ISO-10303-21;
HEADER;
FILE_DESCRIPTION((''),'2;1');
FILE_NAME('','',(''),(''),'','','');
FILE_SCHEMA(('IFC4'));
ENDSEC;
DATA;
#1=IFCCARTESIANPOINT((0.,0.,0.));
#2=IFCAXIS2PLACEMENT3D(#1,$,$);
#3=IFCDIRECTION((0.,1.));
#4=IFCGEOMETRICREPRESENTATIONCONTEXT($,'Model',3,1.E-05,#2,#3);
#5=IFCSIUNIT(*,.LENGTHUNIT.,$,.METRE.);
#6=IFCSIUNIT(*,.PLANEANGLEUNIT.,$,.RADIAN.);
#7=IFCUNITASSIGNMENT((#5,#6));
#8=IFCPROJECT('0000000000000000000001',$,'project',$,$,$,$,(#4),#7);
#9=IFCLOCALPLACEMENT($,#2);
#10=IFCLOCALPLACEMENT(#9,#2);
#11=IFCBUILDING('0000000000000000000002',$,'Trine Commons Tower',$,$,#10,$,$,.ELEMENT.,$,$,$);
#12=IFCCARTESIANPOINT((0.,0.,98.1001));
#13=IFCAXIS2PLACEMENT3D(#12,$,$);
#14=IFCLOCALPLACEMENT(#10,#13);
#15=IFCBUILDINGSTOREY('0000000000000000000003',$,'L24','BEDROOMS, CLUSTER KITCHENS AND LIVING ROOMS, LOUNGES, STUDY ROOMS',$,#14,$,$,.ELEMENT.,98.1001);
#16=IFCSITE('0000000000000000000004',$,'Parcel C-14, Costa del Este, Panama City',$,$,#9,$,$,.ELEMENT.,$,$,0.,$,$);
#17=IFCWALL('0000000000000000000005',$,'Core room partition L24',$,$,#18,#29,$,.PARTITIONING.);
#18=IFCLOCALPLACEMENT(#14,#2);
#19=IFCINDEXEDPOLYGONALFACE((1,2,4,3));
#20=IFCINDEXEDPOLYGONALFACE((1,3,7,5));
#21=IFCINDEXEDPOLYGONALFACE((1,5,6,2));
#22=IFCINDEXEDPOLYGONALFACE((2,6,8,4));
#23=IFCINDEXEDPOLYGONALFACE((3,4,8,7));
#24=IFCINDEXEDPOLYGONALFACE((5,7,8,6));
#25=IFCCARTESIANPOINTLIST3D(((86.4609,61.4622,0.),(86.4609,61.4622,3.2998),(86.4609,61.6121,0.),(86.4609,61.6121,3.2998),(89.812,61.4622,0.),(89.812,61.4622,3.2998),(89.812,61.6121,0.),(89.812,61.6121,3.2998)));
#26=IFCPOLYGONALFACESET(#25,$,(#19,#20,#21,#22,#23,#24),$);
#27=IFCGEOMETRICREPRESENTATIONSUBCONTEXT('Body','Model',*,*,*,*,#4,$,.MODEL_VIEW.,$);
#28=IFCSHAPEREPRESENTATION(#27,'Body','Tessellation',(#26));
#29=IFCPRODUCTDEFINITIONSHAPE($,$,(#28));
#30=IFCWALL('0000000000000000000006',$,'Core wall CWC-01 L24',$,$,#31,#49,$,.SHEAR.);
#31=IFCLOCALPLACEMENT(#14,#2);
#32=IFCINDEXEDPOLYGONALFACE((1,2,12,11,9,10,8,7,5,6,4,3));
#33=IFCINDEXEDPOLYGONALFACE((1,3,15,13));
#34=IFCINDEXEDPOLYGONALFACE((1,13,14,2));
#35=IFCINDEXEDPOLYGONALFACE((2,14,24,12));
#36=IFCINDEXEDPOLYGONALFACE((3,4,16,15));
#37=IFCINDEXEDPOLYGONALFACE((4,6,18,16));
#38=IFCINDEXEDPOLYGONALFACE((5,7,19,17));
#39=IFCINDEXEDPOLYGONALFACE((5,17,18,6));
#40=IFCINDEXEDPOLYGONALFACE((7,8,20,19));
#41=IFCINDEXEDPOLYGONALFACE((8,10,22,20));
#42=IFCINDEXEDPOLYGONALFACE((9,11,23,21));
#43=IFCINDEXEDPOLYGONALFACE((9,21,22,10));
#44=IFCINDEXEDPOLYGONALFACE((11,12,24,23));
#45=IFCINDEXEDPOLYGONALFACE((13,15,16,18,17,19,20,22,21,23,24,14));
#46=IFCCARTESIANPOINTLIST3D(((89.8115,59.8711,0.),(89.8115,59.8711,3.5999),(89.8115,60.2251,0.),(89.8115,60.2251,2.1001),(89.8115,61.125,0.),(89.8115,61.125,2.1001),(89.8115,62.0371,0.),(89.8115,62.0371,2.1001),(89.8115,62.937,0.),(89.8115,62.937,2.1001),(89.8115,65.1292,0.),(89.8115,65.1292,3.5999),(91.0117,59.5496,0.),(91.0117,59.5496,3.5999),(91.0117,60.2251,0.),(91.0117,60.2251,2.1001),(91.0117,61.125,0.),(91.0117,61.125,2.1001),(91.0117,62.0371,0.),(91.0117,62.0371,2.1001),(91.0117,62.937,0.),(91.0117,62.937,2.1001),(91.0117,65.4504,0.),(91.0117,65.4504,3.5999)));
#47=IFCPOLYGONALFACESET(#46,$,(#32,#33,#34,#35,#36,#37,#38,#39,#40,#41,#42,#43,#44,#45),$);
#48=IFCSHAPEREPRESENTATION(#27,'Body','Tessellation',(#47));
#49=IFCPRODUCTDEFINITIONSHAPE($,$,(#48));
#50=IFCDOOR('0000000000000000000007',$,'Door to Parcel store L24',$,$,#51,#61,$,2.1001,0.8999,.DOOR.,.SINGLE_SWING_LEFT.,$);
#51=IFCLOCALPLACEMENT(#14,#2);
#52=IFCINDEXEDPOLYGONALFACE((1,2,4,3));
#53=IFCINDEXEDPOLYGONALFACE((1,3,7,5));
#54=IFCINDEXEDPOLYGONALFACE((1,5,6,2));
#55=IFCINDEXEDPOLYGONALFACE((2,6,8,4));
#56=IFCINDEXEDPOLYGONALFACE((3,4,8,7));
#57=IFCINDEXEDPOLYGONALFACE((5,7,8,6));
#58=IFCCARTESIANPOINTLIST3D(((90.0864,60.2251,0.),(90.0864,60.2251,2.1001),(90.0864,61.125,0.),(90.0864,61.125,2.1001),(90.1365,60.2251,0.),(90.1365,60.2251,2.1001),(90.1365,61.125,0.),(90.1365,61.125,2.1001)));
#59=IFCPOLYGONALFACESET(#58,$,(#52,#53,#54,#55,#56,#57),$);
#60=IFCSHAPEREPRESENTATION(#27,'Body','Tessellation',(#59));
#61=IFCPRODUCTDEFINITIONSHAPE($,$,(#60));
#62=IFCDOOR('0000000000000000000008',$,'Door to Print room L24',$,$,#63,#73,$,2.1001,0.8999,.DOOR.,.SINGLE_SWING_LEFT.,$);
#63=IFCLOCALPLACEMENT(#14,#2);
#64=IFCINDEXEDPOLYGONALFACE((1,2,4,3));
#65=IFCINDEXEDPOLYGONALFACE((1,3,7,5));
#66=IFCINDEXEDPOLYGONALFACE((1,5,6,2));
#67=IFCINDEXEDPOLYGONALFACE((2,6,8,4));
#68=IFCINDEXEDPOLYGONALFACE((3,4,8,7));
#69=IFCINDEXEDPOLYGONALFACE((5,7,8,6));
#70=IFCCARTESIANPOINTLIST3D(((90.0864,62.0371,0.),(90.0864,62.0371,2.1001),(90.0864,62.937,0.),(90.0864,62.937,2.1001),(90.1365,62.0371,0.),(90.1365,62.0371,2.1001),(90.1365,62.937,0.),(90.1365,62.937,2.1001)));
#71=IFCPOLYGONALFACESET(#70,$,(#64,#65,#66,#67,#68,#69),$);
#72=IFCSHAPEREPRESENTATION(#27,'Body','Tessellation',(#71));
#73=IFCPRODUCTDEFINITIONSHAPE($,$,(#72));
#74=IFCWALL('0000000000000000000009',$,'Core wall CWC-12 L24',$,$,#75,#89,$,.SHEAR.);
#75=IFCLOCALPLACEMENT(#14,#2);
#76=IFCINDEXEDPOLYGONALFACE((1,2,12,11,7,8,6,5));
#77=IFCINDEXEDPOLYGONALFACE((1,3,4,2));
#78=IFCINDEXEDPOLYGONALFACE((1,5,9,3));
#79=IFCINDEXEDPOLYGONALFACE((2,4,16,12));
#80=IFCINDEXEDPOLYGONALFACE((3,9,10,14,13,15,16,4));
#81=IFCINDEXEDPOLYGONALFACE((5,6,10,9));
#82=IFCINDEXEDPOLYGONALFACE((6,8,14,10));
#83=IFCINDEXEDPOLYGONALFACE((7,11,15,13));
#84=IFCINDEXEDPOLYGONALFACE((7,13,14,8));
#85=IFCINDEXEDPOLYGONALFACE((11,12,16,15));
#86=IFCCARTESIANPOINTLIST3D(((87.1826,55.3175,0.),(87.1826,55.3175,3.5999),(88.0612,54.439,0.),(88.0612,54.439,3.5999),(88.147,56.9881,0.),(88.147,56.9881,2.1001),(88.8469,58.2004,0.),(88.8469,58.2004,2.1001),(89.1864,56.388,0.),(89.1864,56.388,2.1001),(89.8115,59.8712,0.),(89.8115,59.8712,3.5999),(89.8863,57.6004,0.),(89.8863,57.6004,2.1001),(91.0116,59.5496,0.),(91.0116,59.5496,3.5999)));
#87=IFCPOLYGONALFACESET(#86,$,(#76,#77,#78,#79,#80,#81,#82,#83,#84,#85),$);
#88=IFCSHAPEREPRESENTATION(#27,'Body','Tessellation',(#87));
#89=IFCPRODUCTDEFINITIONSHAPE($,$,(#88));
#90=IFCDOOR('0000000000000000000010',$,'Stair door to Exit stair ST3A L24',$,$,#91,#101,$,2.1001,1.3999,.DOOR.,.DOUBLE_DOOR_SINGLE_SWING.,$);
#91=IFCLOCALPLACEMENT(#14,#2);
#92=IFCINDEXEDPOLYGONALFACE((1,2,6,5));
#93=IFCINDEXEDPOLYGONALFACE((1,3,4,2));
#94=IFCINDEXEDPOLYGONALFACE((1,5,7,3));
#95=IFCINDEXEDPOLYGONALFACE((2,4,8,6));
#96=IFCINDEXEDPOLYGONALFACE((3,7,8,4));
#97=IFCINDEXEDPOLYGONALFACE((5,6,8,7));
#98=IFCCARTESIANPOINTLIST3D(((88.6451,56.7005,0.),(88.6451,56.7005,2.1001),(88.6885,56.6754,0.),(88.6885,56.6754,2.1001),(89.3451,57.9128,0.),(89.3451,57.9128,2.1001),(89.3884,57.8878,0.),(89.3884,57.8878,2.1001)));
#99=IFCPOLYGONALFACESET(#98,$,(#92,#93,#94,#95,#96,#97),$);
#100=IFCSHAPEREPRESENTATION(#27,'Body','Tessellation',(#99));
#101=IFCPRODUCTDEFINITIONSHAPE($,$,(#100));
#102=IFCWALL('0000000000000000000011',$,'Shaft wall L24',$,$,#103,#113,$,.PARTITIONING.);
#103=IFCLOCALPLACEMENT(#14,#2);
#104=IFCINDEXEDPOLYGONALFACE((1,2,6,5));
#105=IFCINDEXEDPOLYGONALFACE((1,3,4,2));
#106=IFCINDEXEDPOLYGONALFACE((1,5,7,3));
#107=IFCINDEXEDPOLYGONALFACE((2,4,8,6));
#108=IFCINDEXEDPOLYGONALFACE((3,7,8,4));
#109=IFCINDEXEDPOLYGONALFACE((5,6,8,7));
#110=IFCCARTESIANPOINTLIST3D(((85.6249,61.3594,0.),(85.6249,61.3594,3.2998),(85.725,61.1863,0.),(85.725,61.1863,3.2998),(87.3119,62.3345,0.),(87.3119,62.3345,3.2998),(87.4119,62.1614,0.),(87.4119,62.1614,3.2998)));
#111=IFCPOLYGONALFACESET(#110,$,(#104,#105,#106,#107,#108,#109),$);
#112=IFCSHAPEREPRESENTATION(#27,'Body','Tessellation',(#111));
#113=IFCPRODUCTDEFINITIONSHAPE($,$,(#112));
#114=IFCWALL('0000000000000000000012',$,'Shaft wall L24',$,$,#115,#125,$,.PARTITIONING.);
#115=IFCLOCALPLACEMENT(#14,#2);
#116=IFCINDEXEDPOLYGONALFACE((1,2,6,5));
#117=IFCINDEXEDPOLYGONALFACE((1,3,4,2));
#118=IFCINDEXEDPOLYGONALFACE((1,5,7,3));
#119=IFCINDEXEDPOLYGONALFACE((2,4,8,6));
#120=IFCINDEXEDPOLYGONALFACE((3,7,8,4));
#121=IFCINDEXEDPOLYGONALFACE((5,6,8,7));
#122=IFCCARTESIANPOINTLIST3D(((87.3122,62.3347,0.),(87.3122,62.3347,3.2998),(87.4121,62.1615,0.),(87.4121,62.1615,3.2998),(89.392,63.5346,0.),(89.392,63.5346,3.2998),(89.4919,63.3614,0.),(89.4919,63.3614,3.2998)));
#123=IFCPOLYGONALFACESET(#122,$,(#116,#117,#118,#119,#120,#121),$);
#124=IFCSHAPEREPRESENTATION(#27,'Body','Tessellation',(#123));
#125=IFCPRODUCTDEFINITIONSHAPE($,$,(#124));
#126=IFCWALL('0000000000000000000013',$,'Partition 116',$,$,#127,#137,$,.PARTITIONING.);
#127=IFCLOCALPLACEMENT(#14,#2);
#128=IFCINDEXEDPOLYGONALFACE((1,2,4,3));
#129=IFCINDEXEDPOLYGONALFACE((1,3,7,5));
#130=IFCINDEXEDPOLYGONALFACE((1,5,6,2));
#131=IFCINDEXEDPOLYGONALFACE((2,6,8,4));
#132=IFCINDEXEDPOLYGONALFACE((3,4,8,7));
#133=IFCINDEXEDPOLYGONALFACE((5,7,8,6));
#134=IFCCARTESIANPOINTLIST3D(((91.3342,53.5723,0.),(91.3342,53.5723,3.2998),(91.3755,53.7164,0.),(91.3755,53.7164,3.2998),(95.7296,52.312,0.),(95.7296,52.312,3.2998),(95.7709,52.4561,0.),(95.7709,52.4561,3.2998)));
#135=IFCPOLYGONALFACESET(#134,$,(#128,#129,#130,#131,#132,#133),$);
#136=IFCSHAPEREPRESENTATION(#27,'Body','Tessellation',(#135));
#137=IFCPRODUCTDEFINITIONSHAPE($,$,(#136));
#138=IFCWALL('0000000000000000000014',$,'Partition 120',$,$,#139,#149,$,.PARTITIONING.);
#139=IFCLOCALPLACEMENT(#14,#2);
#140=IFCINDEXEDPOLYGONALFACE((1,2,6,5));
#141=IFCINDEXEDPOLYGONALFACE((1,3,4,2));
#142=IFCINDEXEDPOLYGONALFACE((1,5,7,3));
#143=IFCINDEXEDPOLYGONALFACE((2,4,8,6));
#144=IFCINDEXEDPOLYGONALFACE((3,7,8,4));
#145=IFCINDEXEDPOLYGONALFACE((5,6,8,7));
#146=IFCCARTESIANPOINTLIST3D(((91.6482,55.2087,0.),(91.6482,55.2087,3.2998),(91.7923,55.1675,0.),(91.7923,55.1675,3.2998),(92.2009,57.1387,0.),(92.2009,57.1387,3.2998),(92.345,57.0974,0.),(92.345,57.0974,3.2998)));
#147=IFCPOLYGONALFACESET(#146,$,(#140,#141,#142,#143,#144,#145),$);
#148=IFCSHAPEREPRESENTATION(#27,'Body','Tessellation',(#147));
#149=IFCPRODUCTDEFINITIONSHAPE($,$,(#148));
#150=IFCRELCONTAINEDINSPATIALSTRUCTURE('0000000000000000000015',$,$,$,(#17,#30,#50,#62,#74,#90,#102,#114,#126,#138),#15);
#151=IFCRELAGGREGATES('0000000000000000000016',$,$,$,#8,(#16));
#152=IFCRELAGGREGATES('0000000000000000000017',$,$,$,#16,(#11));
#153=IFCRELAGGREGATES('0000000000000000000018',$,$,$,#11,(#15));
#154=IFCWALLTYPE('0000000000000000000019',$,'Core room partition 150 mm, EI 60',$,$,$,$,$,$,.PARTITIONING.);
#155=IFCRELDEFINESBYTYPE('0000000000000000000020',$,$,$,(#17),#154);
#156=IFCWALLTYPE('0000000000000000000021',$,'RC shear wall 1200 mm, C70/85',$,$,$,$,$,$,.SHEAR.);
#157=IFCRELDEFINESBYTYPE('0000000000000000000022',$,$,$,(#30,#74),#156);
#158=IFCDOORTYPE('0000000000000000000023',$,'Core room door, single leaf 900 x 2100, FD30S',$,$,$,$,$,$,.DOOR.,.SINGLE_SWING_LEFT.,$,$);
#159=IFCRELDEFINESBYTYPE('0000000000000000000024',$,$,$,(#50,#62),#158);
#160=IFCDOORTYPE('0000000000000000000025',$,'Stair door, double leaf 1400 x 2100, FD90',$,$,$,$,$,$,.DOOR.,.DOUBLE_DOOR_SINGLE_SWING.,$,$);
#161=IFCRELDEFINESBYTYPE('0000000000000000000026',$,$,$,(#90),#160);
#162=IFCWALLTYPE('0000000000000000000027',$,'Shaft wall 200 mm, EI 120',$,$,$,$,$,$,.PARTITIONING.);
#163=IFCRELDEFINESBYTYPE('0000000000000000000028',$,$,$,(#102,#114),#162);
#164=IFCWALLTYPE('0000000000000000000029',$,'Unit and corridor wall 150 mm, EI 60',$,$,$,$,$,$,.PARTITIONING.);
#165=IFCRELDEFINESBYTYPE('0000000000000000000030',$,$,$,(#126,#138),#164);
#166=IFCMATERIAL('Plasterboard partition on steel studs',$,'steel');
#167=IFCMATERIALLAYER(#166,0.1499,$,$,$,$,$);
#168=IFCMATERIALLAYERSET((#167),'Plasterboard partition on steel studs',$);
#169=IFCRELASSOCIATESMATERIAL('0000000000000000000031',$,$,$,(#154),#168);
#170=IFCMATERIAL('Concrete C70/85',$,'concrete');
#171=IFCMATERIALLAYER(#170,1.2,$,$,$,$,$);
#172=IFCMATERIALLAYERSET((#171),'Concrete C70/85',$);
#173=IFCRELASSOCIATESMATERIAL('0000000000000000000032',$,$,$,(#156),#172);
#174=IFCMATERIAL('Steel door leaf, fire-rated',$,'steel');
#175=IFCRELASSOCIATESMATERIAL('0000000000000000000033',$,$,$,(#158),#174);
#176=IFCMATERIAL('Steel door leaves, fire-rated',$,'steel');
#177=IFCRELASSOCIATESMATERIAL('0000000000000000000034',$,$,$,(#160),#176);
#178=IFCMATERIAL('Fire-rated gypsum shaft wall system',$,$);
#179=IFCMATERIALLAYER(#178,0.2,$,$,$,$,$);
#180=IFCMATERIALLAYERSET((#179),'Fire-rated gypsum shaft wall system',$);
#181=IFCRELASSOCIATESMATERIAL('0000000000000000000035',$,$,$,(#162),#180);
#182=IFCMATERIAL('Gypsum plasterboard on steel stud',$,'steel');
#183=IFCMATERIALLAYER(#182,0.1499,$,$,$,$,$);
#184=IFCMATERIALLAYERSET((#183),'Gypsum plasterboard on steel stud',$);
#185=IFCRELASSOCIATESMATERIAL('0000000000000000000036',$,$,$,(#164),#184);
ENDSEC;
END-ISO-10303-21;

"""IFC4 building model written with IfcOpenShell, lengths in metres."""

from ifc_helpers import new_model, si_unit, direction, frame, frame_2d, origin, place, context, subcontext, project, spatial, polyline, rectangle, outline, extrude, material, layer, layer_set, type_object, element, fill, save


model = new_model("IFC4")

# Units and contexts
model_context = context("Model", 3, precision=1e-05, world=origin(), true_north=direction((0.0, 1.0)))
body_context = subcontext(model_context, "Body", "Model", "MODEL_VIEW")
ifc_project = project(units=[si_unit("LENGTHUNIT", "METRE"), si_unit("PLANEANGLEUNIT", "RADIAN")], contexts=[model_context])

# Site, building, storey
site_placement = place(None, origin())
site = spatial("IfcSite", under=ifc_project, at=site_placement, Name="Parcel C-14, Costa del Este, Panama City", CompositionType="ELEMENT", RefElevation=0.0)
building_placement = place(site_placement, origin())
building = spatial("IfcBuilding", under=site, at=building_placement, Name="Trine Commons Tower", CompositionType="ELEMENT")
storey_placement = place(building_placement, frame((0.0, 0.0, 98.1001)))
storey = spatial("IfcBuildingStorey", under=building, at=storey_placement, Name="L24", Description="BEDROOMS, CLUSTER KITCHENS AND LIVING ROOMS, LOUNGES, STUDY ROOMS", CompositionType="ELEMENT", Elevation=98.1001)

# Wall
ifc_material_1 = material(Name="Plasterboard partition on steel studs", Category="steel")
ifc_layer_1 = layer(ifc_material_1, 0.1499)
ifc_layer_set_1 = layer_set([ifc_layer_1], Name="Plasterboard partition on steel studs")
wall_type_1 = type_object("IfcWallType", Name="Core room partition 150 mm, EI 60", PredefinedType="PARTITIONING", material=ifc_layer_set_1)
wall_1_placement = place(storey_placement, frame((89.812, 61.5371, 0.0), z_axis=(0.0, 0.0, 1.0), x_axis=(-1.0, 0.0, 0.0)))
element("IfcWall", 1, at=wall_1_placement, inside=storey, type_object=wall_type_1, Name="Core room partition L24", PredefinedType="PARTITIONING", context=body_context, shape_type="SweptSolid", body=[
    extrude(rectangle(XDim=3.3511, YDim=0.1499, at=frame_2d((1.6755, 0.0))), origin(), (0.0, 0.0, 1.0), 3.2998),
])

# Wall, openings, doors
ifc_material_2 = material(Name="Concrete C70/85", Category="concrete")
ifc_layer_2 = layer(ifc_material_2, 1.2)
ifc_layer_set_2 = layer_set([ifc_layer_2], Name="Concrete C70/85")
wall_type_2 = type_object("IfcWallType", Name="RC shear wall 1200 mm, C70/85", PredefinedType="SHEAR", material=ifc_layer_set_2)
wall_2_placement = place(storey_placement, frame((90.4116, 59.5496, 0.0), z_axis=(0.0, 0.0, 1.0), x_axis=(0.0, 1.0, 0.0)))
wall_2 = element("IfcWall", 2, at=wall_2_placement, inside=storey, type_object=wall_type_2, Name="Core wall CWC-01 L24", PredefinedType="SHEAR", context=body_context, shape_type="SweptSolid", body=[
    extrude(outline(polyline([(0.0, -0.6001), (5.9009, -0.6001), (5.5796, 0.6001), (0.3215, 0.6001), (0.0, -0.6001)])), origin(), (0.0, 0.0, 1.0), 3.5999),
])
opening_1_placement = place(wall_2_placement, frame((0.6755, 0.0, 0.0)))
opening_1 = element("IfcOpeningElement", 3, at=opening_1_placement, cuts=wall_2, PredefinedType="OPENING", context=body_context, shape_type="SweptSolid", body=[
    extrude(rectangle(XDim=0.8999, YDim=2.1001, at=frame_2d((0.45, 1.05))), frame((0.0, 0.6099, 0.0), z_axis=(0.0, -1.0, 0.0), x_axis=(1.0, 0.0, 0.0)), (0.0, 0.0, 1.0), 1.22),
])
opening_2_placement = place(wall_2_placement, frame((2.4875, 0.0, 0.0)))
opening_2 = element("IfcOpeningElement", 4, at=opening_2_placement, cuts=wall_2, PredefinedType="OPENING", context=body_context, shape_type="SweptSolid", body=[
    extrude(rectangle(XDim=0.8999, YDim=2.1001, at=frame_2d((0.45, 1.05))), frame((0.0, 0.6099, 0.0), z_axis=(0.0, -1.0, 0.0), x_axis=(1.0, 0.0, 0.0)), (0.0, 0.0, 1.0), 1.22),
])
ifc_material_3 = material(Name="Steel door leaf, fire-rated", Category="steel")
door_type_1 = type_object("IfcDoorType", Name="Core room door, single leaf 900 x 2100, FD30S", OperationType="SINGLE_SWING_LEFT", PredefinedType="DOOR", material=ifc_material_3)
door_1_placement = place(opening_1_placement, origin())
door_1 = element("IfcDoor", 5, at=door_1_placement, inside=storey, type_object=door_type_1, Name="Door to Parcel store L24", OperationType="SINGLE_SWING_LEFT", OverallHeight=2.1001, OverallWidth=0.8999, PredefinedType="DOOR", context=body_context, shape_type="SweptSolid", body=[
    extrude(rectangle(XDim=0.8999, YDim=2.1001, at=frame_2d((0.45, 1.05))), frame((0.0, 0.3252, 0.0), z_axis=(0.0, -1.0, 0.0), x_axis=(1.0, 0.0, 0.0)), (0.0, 0.0, 1.0), 0.05),
])
fill(opening_1, door_1)
door_2_placement = place(opening_2_placement, origin())
door_2 = element("IfcDoor", 6, at=door_2_placement, inside=storey, type_object=door_type_1, Name="Door to Print room L24", OperationType="SINGLE_SWING_LEFT", OverallHeight=2.1001, OverallWidth=0.8999, PredefinedType="DOOR", context=body_context, shape_type="SweptSolid", body=[
    extrude(rectangle(XDim=0.8999, YDim=2.1001, at=frame_2d((0.45, 1.05))), frame((0.0, 0.3252, 0.0), z_axis=(0.0, -1.0, 0.0), x_axis=(1.0, 0.0, 0.0)), (0.0, 0.0, 1.0), 0.05),
])
fill(opening_2, door_2)

# Wall, opening, door
wall_3_placement = place(storey_placement, frame((87.5415, 54.739, 0.0), z_axis=(0.0, 0.0, 1.0), x_axis=(0.499979, 0.866037, 0.0)))
wall_3 = element("IfcWall", 7, at=wall_3_placement, inside=storey, type_object=wall_type_2, Name="Core wall CWC-12 L24", PredefinedType="SHEAR", context=body_context, shape_type="SweptSolid", body=[
    extrude(outline(polyline([(0.0, -0.6001), (5.9011, -0.6001), (5.5796, 0.6001), (0.3215, 0.6001), (0.0, -0.6001)])), origin(), (0.0, 0.0, 1.0), 3.5999),
])
opening_3_placement = place(wall_3_placement, frame((2.2505, 0.0, 0.0)))
opening_3 = element("IfcOpeningElement", 8, at=opening_3_placement, cuts=wall_3, PredefinedType="OPENING", context=body_context, shape_type="SweptSolid", body=[
    extrude(rectangle(XDim=1.3999, YDim=2.1001, at=frame_2d((0.7, 1.05))), frame((0.0, 0.6099, 0.0), z_axis=(0.0, -1.0, 0.0), x_axis=(1.0, 0.0, 0.0)), (0.0, 0.0, 1.0), 1.22),
])
ifc_material_4 = material(Name="Steel door leaves, fire-rated", Category="steel")
door_type_2 = type_object("IfcDoorType", Name="Stair door, double leaf 1400 x 2100, FD90", OperationType="DOUBLE_DOOR_SINGLE_SWING", PredefinedType="DOOR", material=ifc_material_4)
door_3_placement = place(opening_3_placement, origin())
door_3 = element("IfcDoor", 9, at=door_3_placement, inside=storey, type_object=door_type_2, Name="Stair door to Exit stair ST3A L24", OperationType="DOUBLE_DOOR_SINGLE_SWING", OverallHeight=2.1001, OverallWidth=1.3999, PredefinedType="DOOR", context=body_context, shape_type="SweptSolid", body=[
    extrude(rectangle(XDim=1.3999, YDim=2.1001, at=frame_2d((0.7, 1.05))), frame((0.0, 0.0249, 0.0), z_axis=(0.0, -1.0, 0.0), x_axis=(1.0, 0.0, 0.0)), (0.0, 0.0, 1.0), 0.05),
])
fill(opening_3, door_3)

# Walls
ifc_material_5 = material(Name="Fire-rated gypsum shaft wall system")
ifc_layer_3 = layer(ifc_material_5, 0.2)
ifc_layer_set_3 = layer_set([ifc_layer_3], Name="Fire-rated gypsum shaft wall system")
wall_type_3 = type_object("IfcWallType", Name="Shaft wall 200 mm, EI 120", PredefinedType="PARTITIONING", material=ifc_layer_set_3)
wall_4_placement = place(storey_placement, frame((85.675, 61.2729, 0.0), z_axis=(0.0, 0.0, 1.0), x_axis=(0.865781, 0.500424, 0.0)))
element("IfcWall", 10, at=wall_4_placement, inside=storey, type_object=wall_type_3, Name="Shaft wall L24", PredefinedType="PARTITIONING", context=body_context, shape_type="SweptSolid", body=[
    extrude(rectangle(XDim=1.9485, YDim=0.2, at=frame_2d((0.9741, 0.0))), origin(), (0.0, 0.0, 1.0), 3.2998),
])
wall_5_placement = place(storey_placement, frame((87.3621, 62.248, 0.0), z_axis=(0.0, 0.0, 1.0), x_axis=(0.866177, 0.499737, 0.0)))
element("IfcWall", 11, at=wall_5_placement, inside=storey, type_object=wall_type_3, Name="Shaft wall L24", PredefinedType="PARTITIONING", context=body_context, shape_type="SweptSolid", body=[
    extrude(rectangle(XDim=2.4011, YDim=0.2, at=frame_2d((1.2007, 0.0))), origin(), (0.0, 0.0, 1.0), 3.2998),
])
ifc_material_6 = material(Name="Gypsum plasterboard on steel stud", Category="steel")
ifc_layer_4 = layer(ifc_material_6, 0.1499)
ifc_layer_set_4 = layer_set([ifc_layer_4], Name="Gypsum plasterboard on steel stud")
wall_type_4 = type_object("IfcWallType", Name="Unit and corridor wall 150 mm, EI 60", PredefinedType="PARTITIONING", material=ifc_layer_set_4)
wall_6_placement = place(storey_placement, frame((91.355, 53.6443, 0.0), z_axis=(0.0, 0.0, 1.0), x_axis=(0.96127, -0.27561, 0.0)))
element("IfcWall", 12, at=wall_6_placement, inside=storey, type_object=wall_type_4, Name="Partition 116", PredefinedType="PARTITIONING", context=body_context, shape_type="SweptSolid", body=[
    extrude(rectangle(XDim=4.5725, YDim=0.1499, at=frame_2d((2.2861, 0.0))), origin(), (0.0, 0.0, 1.0), 3.2998),
])
wall_7_placement = place(storey_placement, frame((91.7202, 55.188, 0.0), z_axis=(0.0, 0.0, 1.0), x_axis=(0.275331, 0.961349, 0.0)))
element("IfcWall", 13, at=wall_7_placement, inside=storey, type_object=wall_type_4, Name="Partition 120", PredefinedType="PARTITIONING", context=body_context, shape_type="SweptSolid", body=[
    extrude(rectangle(XDim=2.0076, YDim=0.1499, at=frame_2d((1.0039, 0.0))), origin(), (0.0, 0.0, 1.0), 3.2998),
])

save(model, "model.ifc")
